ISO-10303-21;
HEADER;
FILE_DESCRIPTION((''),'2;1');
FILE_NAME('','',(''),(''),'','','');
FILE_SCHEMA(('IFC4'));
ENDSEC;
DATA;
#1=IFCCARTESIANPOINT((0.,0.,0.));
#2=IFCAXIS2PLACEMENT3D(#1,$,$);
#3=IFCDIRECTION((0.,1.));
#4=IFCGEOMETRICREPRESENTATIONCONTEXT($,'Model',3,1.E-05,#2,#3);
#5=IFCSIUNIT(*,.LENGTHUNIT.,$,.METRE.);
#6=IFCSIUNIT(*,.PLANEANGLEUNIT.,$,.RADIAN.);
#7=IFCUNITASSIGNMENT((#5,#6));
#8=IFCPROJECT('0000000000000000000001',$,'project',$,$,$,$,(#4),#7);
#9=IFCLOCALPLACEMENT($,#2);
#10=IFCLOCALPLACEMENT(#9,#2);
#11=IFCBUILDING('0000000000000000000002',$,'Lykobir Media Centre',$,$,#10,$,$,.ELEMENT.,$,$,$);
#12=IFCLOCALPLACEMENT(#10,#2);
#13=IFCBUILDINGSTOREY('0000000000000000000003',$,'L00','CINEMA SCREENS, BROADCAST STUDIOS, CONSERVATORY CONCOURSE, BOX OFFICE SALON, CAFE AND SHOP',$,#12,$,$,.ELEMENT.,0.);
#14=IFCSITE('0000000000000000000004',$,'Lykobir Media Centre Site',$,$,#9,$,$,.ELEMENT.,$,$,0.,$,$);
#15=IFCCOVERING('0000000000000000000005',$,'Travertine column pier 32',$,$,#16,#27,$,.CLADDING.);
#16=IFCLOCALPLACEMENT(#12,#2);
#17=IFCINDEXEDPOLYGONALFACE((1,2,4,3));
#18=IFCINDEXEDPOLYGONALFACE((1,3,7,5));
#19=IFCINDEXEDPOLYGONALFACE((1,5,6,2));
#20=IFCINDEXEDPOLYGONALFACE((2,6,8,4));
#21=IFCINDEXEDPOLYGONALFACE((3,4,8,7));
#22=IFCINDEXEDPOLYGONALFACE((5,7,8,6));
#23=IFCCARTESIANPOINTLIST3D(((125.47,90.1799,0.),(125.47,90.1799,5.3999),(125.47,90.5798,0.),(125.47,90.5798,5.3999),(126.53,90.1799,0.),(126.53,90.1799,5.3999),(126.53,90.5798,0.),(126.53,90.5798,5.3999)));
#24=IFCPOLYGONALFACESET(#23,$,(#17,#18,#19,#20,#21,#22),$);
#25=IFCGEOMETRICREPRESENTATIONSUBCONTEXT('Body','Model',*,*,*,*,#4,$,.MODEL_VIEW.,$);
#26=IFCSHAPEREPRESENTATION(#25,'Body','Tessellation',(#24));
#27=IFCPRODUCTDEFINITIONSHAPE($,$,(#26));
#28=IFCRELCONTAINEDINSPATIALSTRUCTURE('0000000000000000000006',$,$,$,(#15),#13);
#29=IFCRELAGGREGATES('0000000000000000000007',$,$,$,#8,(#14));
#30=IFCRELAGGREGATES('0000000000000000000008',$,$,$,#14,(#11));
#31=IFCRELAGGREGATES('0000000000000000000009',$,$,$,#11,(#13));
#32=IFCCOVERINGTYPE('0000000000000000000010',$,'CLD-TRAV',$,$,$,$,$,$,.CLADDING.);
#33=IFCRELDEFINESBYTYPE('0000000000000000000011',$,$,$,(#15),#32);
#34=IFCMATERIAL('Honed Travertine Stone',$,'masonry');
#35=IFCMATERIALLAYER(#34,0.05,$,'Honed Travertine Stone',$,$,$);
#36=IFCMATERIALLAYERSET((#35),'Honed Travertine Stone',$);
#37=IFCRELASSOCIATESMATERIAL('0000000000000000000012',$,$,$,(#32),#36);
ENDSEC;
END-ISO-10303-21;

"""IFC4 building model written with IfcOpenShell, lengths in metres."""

from ifc_helpers import new_model, si_unit, direction, frame, origin, origin_2d, place, context, subcontext, project, spatial, rectangle, extrude, material, layer, layer_set, type_object, element, save


model = new_model("IFC4")

# Units and contexts
model_context = context("Model", 3, precision=1e-05, world=origin(), true_north=direction((0.0, 1.0)))
body_context = subcontext(model_context, "Body", "Model", "MODEL_VIEW")
ifc_project = project(units=[si_unit("LENGTHUNIT", "METRE"), si_unit("PLANEANGLEUNIT", "RADIAN")], contexts=[model_context])

# Site, building, storey
site_placement = place(None, origin())
site = spatial("IfcSite", under=ifc_project, at=site_placement, Name="Lykobir Media Centre Site", CompositionType="ELEMENT", RefElevation=0.0)
building_placement = place(site_placement, origin())
building = spatial("IfcBuilding", under=site, at=building_placement, Name="Lykobir Media Centre", CompositionType="ELEMENT")
storey_placement = place(building_placement, origin())
storey = spatial("IfcBuildingStorey", under=building, at=storey_placement, Name="L00", Description="CINEMA SCREENS, BROADCAST STUDIOS, CONSERVATORY CONCOURSE, BOX OFFICE SALON, CAFE AND SHOP", CompositionType="ELEMENT", Elevation=0.0)

# Shared definitions
ifc_material_1 = material(Name="Honed Travertine Stone", Category="masonry")

# Covering
ifc_layer_1 = layer(ifc_material_1, 0.05, Name="Honed Travertine Stone")
ifc_layer_set_1 = layer_set([ifc_layer_1], Name="Honed Travertine Stone")
covering_type = type_object("IfcCoveringType", Name="CLD-TRAV", PredefinedType="CLADDING", material=ifc_layer_set_1)
covering_placement = place(storey_placement, frame((126.0, 90.3799, 0.0), z_axis=(0.0, 0.0, 1.0), x_axis=(-1.0, 0.0, 0.0)))
element("IfcCovering", 1, at=covering_placement, inside=storey, type_object=covering_type, Name="Travertine column pier 32", PredefinedType="CLADDING", context=body_context, shape_type="SweptSolid", body=[
    extrude(rectangle(XDim=1.0601, YDim=0.3999, at=origin_2d()), origin(), (0.0, 0.0, 1.0), 5.3999),
])

save(model, "model.ifc")
